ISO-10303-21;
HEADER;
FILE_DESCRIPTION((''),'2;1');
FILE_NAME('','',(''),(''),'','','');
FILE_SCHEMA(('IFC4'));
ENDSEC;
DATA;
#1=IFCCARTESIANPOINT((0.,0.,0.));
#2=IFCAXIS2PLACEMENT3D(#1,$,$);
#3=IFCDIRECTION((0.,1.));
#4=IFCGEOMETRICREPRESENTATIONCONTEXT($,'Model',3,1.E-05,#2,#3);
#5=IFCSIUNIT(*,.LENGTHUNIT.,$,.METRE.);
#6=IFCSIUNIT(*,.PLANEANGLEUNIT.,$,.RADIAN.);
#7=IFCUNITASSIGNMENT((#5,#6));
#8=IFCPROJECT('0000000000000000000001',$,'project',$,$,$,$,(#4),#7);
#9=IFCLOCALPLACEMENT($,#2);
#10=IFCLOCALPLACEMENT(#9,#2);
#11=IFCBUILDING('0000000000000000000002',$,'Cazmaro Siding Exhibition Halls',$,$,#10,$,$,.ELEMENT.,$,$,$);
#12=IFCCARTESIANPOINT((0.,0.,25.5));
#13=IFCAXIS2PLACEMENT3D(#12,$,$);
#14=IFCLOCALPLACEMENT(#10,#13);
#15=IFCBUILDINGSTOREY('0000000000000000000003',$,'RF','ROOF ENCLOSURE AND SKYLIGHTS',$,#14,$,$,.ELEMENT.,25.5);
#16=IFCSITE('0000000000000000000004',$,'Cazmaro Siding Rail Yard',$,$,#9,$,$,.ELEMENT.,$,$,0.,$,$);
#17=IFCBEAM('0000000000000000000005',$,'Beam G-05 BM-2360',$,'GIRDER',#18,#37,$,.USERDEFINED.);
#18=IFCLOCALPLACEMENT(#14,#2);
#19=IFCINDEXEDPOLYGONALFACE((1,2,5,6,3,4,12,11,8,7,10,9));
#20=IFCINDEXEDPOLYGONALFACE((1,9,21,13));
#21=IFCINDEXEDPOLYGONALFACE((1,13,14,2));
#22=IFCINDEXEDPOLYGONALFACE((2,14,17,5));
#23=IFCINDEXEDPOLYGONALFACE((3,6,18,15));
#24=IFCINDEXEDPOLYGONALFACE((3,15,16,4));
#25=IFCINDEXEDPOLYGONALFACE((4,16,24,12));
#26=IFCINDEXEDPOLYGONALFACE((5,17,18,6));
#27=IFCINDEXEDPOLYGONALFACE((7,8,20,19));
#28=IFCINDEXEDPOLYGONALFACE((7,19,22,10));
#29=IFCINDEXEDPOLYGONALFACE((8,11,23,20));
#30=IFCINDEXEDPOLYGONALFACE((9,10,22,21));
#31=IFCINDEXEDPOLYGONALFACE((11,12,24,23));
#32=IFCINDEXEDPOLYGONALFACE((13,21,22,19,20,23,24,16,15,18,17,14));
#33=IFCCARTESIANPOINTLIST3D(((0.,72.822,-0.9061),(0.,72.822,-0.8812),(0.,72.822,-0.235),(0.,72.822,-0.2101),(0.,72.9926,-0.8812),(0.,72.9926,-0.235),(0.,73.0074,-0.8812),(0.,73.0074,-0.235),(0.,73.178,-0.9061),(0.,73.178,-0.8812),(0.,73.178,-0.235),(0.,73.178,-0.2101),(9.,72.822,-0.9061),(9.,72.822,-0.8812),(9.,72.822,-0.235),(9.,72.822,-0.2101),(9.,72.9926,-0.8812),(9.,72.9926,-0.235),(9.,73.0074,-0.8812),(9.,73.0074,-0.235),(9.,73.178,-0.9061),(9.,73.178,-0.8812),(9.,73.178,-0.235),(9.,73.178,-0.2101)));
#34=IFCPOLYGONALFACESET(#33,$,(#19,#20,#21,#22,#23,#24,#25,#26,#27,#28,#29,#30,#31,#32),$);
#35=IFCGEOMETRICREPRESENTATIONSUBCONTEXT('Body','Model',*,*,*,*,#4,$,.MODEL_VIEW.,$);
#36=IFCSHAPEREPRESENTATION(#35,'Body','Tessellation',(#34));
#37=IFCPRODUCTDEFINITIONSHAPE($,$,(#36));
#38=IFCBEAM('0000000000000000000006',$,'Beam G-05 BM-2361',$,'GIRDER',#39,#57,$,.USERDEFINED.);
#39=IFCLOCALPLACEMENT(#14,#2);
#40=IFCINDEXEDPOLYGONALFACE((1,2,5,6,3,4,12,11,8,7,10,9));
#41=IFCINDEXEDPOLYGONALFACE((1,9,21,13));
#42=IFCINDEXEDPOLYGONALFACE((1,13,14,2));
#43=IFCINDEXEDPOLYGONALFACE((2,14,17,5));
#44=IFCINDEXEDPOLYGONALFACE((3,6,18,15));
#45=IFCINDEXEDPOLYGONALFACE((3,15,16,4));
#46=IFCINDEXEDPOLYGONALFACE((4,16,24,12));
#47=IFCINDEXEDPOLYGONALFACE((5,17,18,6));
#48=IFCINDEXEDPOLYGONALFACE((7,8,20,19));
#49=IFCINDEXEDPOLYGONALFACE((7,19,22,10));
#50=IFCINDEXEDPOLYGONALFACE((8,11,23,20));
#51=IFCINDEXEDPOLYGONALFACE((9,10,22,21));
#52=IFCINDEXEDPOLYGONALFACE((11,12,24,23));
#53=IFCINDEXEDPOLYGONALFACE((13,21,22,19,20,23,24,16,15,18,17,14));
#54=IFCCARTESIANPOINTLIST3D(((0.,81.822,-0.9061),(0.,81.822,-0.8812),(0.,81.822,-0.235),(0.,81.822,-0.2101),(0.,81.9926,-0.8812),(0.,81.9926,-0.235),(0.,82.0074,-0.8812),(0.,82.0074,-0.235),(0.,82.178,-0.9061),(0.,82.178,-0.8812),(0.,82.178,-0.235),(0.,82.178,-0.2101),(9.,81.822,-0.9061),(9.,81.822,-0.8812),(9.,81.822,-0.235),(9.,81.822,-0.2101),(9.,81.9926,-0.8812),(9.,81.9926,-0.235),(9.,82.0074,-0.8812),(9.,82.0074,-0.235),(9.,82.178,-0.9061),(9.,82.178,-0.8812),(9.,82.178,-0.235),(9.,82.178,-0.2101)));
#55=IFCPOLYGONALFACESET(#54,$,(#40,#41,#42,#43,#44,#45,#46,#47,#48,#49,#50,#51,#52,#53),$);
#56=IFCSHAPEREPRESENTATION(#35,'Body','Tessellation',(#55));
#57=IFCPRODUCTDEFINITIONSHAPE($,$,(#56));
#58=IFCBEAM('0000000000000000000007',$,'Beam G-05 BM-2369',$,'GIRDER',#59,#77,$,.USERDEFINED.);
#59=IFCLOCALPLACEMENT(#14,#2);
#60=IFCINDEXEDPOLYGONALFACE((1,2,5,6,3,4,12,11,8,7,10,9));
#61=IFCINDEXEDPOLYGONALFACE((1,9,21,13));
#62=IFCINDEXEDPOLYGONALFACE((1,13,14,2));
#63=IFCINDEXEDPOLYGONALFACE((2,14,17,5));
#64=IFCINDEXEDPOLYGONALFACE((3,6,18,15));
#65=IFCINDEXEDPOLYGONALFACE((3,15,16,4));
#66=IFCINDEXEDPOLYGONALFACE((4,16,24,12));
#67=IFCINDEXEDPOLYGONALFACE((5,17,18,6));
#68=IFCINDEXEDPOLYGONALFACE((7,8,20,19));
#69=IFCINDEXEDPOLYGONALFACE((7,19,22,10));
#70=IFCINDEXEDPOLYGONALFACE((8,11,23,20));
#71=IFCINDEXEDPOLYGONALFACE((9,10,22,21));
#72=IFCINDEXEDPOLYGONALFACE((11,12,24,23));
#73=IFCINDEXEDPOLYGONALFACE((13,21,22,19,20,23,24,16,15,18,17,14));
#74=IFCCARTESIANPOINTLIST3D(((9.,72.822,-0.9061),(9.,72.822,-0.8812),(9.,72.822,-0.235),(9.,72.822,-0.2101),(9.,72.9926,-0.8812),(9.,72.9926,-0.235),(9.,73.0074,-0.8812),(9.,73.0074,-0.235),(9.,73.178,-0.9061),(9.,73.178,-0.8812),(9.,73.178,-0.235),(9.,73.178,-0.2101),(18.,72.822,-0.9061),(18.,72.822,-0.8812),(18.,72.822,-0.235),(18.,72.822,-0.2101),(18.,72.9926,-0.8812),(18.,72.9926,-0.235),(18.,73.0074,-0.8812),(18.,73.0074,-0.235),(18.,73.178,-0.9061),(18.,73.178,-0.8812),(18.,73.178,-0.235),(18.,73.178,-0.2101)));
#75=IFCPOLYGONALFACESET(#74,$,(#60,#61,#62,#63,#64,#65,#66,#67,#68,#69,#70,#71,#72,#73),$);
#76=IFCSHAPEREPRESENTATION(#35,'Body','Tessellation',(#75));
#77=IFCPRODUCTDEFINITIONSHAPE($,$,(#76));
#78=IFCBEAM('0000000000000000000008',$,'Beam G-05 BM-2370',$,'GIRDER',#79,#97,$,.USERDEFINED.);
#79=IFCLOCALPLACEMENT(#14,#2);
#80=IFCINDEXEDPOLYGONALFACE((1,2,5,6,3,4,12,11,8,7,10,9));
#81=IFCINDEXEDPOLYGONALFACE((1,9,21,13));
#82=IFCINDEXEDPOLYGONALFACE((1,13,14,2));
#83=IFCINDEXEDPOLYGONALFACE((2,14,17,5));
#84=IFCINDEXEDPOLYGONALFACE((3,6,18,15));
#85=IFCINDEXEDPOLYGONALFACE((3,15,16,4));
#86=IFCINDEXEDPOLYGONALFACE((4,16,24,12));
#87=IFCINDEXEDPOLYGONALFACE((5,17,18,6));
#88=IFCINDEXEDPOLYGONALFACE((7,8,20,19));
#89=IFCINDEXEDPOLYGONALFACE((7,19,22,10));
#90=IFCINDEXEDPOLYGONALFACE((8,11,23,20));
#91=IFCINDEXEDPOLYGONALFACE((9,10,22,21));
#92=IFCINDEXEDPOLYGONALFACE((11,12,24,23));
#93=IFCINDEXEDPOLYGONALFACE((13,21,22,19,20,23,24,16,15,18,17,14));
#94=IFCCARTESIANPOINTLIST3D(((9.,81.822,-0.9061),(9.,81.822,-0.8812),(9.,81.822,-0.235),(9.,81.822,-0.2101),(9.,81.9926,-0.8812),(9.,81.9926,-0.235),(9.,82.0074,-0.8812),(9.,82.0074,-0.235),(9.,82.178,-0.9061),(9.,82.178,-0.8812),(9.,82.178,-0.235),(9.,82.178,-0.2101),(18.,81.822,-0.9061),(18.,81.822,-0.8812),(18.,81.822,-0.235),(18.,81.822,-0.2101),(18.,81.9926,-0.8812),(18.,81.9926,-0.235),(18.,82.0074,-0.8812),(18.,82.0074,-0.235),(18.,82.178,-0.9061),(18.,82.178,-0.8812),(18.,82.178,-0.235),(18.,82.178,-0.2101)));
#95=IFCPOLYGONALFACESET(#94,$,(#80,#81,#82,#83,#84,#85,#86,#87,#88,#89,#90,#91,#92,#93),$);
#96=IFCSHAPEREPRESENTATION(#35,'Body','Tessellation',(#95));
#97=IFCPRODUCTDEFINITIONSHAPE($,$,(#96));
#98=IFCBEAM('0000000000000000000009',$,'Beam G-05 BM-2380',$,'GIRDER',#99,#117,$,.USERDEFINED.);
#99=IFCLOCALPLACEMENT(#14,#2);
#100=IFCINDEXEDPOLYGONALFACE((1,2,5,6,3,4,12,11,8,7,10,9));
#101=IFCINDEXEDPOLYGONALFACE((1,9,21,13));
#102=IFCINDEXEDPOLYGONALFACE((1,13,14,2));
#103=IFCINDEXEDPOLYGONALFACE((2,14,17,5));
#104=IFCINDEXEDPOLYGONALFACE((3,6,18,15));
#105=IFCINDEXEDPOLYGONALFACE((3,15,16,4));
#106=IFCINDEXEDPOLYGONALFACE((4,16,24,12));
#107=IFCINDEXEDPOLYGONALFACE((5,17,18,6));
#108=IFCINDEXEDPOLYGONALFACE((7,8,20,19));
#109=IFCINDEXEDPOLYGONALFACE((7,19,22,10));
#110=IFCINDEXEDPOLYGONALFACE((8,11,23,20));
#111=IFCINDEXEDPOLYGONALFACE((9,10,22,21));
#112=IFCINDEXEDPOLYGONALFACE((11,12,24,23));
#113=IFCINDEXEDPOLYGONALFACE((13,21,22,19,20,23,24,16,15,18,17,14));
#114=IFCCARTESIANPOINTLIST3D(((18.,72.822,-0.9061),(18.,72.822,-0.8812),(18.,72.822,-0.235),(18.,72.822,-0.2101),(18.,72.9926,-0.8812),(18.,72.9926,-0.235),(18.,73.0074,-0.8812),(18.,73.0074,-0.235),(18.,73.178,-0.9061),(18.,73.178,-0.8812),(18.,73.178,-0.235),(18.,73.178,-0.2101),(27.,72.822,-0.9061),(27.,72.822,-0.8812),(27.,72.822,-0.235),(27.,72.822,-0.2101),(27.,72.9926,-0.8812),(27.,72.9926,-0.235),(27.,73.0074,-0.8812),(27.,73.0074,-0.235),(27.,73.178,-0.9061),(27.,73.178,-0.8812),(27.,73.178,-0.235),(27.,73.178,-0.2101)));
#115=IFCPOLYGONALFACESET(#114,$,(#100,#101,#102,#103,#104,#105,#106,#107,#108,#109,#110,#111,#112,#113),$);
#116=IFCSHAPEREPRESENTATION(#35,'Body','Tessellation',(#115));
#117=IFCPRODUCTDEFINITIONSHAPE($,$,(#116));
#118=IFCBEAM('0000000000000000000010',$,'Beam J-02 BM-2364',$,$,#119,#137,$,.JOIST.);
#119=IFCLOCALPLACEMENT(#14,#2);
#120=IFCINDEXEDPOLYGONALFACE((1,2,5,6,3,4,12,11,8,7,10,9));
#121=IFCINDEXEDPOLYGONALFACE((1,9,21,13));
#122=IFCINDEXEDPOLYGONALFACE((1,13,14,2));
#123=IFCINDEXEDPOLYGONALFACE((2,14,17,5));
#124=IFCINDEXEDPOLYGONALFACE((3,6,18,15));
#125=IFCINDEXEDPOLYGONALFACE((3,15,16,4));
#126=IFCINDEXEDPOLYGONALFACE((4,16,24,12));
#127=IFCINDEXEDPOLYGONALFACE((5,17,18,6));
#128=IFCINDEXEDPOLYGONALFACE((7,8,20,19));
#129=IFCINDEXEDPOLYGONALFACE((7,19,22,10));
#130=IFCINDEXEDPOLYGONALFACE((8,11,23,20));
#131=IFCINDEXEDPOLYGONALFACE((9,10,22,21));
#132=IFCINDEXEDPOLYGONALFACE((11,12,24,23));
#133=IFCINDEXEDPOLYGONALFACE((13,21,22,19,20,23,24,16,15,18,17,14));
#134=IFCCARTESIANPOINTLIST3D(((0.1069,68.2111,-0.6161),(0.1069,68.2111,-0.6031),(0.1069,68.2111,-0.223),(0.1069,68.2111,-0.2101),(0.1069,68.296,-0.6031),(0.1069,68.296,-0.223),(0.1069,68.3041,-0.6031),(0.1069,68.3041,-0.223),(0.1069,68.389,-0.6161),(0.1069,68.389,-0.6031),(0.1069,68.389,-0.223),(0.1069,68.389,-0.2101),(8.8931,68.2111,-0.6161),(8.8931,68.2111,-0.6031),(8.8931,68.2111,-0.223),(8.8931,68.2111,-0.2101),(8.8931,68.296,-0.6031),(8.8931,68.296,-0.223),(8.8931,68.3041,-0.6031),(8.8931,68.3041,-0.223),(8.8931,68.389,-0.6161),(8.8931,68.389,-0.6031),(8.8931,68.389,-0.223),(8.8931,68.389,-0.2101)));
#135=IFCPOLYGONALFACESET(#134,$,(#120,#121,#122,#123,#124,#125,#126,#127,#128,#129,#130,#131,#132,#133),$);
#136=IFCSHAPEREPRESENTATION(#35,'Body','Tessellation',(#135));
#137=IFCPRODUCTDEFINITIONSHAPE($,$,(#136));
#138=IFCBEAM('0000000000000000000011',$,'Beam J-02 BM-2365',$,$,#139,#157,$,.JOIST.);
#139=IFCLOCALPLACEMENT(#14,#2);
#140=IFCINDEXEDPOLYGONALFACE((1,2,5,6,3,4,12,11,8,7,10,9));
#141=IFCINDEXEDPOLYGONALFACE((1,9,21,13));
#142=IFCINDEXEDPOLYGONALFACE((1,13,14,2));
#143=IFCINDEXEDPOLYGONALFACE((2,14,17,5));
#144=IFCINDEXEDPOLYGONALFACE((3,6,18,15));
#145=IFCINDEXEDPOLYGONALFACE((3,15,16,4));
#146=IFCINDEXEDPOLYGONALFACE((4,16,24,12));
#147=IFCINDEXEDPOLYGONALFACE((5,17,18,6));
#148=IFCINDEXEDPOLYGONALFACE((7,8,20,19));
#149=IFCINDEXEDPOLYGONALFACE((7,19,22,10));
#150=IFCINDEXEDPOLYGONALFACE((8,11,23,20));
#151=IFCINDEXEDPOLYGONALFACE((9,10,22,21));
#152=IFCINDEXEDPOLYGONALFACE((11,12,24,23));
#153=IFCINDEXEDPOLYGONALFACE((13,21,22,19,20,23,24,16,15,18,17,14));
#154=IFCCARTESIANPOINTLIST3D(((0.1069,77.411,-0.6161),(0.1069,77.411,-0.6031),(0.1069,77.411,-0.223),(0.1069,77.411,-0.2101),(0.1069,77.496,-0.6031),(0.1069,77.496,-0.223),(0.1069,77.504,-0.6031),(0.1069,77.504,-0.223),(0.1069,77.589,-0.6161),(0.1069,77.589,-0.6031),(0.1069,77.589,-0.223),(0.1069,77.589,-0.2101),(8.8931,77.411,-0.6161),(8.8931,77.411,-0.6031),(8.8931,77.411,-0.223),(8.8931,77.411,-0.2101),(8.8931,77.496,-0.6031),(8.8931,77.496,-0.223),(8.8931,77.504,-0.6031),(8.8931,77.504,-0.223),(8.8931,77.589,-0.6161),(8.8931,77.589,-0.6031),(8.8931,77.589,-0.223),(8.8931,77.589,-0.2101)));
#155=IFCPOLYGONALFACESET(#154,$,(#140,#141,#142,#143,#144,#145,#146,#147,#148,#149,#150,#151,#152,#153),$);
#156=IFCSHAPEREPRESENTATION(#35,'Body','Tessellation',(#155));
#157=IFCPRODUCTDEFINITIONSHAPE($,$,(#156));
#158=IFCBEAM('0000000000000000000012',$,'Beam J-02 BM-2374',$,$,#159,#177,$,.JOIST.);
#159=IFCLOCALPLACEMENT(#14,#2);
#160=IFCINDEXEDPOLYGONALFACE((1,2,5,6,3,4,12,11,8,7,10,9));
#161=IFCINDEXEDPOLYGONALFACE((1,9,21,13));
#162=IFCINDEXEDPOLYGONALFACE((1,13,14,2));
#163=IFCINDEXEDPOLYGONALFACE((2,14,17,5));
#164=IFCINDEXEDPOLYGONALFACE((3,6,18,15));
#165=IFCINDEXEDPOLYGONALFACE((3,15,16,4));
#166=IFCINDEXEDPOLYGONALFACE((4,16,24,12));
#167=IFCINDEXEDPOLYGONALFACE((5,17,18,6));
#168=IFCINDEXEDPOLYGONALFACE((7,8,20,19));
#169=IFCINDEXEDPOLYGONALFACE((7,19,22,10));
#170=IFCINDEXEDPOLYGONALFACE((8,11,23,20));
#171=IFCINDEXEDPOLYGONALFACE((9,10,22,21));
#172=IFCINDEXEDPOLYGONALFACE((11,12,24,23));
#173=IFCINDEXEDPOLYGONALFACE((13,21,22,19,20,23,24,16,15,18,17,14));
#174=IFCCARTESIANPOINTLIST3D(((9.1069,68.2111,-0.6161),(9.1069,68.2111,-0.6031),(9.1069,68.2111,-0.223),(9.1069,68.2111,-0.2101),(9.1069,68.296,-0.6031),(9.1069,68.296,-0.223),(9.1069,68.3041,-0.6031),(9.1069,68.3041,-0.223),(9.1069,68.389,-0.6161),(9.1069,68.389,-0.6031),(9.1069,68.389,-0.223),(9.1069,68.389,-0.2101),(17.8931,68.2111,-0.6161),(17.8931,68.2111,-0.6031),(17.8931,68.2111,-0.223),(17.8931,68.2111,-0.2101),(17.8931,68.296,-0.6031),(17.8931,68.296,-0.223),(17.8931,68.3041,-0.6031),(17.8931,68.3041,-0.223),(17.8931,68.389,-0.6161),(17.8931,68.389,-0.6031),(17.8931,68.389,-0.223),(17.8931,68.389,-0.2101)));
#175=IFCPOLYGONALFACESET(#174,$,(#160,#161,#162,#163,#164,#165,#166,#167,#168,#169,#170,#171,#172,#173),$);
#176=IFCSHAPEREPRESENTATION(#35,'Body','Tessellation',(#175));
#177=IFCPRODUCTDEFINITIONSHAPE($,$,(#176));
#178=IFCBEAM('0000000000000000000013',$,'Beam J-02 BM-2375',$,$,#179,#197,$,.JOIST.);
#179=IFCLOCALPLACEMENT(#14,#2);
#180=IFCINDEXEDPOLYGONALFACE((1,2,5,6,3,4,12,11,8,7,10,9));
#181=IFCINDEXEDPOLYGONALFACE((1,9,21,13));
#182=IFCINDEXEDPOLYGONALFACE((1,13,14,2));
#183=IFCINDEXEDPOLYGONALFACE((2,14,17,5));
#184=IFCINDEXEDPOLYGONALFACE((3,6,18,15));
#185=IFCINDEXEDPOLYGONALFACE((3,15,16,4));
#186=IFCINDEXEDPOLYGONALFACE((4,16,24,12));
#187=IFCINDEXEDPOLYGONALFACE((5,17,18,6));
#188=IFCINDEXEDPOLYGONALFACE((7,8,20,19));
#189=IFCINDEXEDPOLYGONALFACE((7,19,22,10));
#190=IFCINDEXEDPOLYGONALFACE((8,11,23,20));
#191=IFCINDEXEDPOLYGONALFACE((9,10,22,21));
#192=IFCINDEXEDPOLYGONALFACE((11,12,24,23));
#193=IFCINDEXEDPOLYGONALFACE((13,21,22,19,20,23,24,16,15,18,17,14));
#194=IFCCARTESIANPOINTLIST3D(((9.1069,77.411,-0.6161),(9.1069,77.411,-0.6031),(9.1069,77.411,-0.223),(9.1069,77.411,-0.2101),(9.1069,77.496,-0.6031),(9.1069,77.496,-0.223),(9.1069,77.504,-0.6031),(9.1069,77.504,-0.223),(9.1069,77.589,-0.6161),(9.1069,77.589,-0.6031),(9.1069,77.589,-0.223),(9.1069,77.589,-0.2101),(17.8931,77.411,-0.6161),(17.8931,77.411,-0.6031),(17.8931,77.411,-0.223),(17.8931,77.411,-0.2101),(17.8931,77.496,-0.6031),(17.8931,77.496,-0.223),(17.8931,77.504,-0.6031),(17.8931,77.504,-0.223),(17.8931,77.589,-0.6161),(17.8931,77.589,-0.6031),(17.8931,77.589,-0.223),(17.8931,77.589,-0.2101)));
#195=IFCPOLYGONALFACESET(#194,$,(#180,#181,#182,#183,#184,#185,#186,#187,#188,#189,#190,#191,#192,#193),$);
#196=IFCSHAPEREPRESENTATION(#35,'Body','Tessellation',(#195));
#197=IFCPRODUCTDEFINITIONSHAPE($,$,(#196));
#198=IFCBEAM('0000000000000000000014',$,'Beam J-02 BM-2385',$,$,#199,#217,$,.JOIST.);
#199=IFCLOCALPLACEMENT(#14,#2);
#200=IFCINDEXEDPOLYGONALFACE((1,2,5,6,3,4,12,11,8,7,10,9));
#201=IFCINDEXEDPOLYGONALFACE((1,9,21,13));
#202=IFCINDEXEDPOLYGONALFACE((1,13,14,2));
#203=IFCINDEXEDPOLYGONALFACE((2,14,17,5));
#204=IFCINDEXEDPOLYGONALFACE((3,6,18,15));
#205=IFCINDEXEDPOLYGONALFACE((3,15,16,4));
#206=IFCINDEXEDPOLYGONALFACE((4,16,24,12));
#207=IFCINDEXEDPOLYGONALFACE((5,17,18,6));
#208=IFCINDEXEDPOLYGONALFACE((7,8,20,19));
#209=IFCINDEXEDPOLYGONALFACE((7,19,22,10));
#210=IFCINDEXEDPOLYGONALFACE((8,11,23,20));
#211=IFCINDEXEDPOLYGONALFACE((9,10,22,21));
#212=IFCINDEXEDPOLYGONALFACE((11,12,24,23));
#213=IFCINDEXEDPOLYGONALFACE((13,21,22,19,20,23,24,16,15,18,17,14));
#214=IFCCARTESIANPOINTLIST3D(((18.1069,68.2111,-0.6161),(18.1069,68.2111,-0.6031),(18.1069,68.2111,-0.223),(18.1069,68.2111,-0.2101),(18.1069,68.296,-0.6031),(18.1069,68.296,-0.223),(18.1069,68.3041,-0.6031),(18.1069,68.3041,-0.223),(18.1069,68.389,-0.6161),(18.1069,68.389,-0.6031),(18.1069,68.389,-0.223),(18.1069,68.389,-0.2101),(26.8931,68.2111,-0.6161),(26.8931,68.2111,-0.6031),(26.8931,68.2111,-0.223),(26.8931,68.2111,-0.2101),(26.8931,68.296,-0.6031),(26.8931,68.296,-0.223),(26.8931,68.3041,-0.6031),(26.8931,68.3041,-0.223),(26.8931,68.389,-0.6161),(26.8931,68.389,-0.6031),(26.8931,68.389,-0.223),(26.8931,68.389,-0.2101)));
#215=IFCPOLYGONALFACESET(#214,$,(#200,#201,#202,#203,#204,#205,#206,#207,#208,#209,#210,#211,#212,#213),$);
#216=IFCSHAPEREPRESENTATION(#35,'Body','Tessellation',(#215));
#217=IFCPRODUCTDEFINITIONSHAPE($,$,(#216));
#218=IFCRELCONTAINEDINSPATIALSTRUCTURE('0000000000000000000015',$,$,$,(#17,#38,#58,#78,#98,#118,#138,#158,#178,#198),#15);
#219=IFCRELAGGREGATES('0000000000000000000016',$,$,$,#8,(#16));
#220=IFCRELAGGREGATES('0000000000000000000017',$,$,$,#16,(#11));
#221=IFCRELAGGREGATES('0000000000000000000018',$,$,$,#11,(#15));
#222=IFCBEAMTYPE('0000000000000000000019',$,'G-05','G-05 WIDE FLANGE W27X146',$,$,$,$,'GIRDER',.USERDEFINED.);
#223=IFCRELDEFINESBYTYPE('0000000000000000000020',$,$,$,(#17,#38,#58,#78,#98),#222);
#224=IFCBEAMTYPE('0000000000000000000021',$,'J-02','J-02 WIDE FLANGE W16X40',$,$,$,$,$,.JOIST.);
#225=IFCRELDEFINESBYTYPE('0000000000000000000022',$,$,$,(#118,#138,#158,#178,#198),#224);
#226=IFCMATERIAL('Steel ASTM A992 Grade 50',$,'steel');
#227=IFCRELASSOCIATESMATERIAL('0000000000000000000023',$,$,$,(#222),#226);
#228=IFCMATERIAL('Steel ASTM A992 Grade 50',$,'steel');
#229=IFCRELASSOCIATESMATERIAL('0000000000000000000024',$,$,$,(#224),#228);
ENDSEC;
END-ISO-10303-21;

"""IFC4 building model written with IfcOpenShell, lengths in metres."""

from ifc_helpers import new_model, si_unit, direction, frame, origin, origin_2d, place, context, subcontext, project, spatial, i_section, extrude, material, material_profile, profile_set, type_object, element, save


model = new_model("IFC4")

# Units and contexts
model_context = context("Model", 3, precision=1e-05, world=origin(), true_north=direction((0.0, 1.0)))
body_context = subcontext(model_context, "Body", "Model", "MODEL_VIEW")
ifc_project = project(units=[si_unit("LENGTHUNIT", "METRE"), si_unit("PLANEANGLEUNIT", "RADIAN")], contexts=[model_context])

# Site, building, storey
site_placement = place(None, origin())
site = spatial("IfcSite", under=ifc_project, at=site_placement, Name="Cazmaro Siding Rail Yard", CompositionType="ELEMENT", RefElevation=0.0)
building_placement = place(site_placement, origin())
building = spatial("IfcBuilding", under=site, at=building_placement, Name="Cazmaro Siding Exhibition Halls", CompositionType="ELEMENT")
storey_placement = place(building_placement, frame((0.0, 0.0, 25.5)))
storey = spatial("IfcBuildingStorey", under=building, at=storey_placement, Name="RF", Description="ROOF ENCLOSURE AND SKYLIGHTS", CompositionType="ELEMENT", Elevation=25.5)

# Beams
ifc_material_1 = material(Name="Steel ASTM A992 Grade 50", Category="steel")
ifc_material_profile_1 = material_profile(ifc_material_1, i_section(OverallWidth=0.356, OverallDepth=0.696, WebThickness=0.0149, FlangeThickness=0.0249, at=origin_2d()), Name="W27X146")
ifc_profile_set_1 = profile_set([ifc_material_profile_1], Name="Steel ASTM A992 Grade 50")
beam_type_1 = type_object("IfcBeamType", Name="G-05", Description="G-05 WIDE FLANGE W27X146", ElementType="GIRDER", PredefinedType="USERDEFINED", material=ifc_profile_set_1)
for number, where, z_axis, x_axis, name in (
    (1, (0.0, 73.0, -0.5581), (1.0, 0.0, 0.0), (0.0, 1.0, 0.0), "Beam G-05 BM-2360"),
    (2, (0.0, 82.0, -0.5581), (1.0, 0.0, 0.0), (0.0, 1.0, 0.0), "Beam G-05 BM-2361"),
    (3, (9.0, 73.0, -0.5581), (1.0, 0.0, 0.0), (0.0, 1.0, 0.0), "Beam G-05 BM-2369"),
    (4, (9.0, 82.0, -0.5581), (1.0, 0.0, 0.0), (0.0, 1.0, 0.0), "Beam G-05 BM-2370"),
    (5, (18.0, 73.0, -0.5581), (1.0, 0.0, 0.0), (0.0, 1.0, 0.0), "Beam G-05 BM-2380"),
):
    element("IfcBeam", number, at=place(storey_placement, frame(where, z_axis=z_axis, x_axis=x_axis)), inside=storey, type_object=beam_type_1, Name=name, ObjectType="GIRDER", PredefinedType="USERDEFINED", context=body_context, shape_type="SweptSolid", body=[
        extrude(i_section(OverallWidth=0.356, OverallDepth=0.696, WebThickness=0.0149, FlangeThickness=0.0249, at=origin_2d()), origin(), (0.0, 0.0, 1.0), 9.0),
    ])
ifc_material_2 = material(Name="Steel ASTM A992 Grade 50", Category="steel")
ifc_material_profile_2 = material_profile(ifc_material_2, i_section(OverallWidth=0.178, OverallDepth=0.406, WebThickness=0.0081, FlangeThickness=0.0129, at=origin_2d()), Name="W16X40")
ifc_profile_set_2 = profile_set([ifc_material_profile_2], Name="Steel ASTM A992 Grade 50")
beam_type_2 = type_object("IfcBeamType", Name="J-02", Description="J-02 WIDE FLANGE W16X40", PredefinedType="JOIST", material=ifc_profile_set_2)
for number, where, z_axis, x_axis, name in (
    (6, (0.1069, 68.3, -0.4131), (1.0, 0.0, 0.0), (0.0, 1.0, 0.0), "Beam J-02 BM-2364"),
    (7, (0.1069, 77.5, -0.4131), (1.0, 0.0, 0.0), (0.0, 1.0, 0.0), "Beam J-02 BM-2365"),
    (8, (9.1069, 68.3, -0.4131), (1.0, 0.0, 0.0), (0.0, 1.0, 0.0), "Beam J-02 BM-2374"),
    (9, (9.1069, 77.5, -0.4131), (1.0, 0.0, 0.0), (0.0, 1.0, 0.0), "Beam J-02 BM-2375"),
    (10, (18.1069, 68.3, -0.4131), (1.0, 0.0, 0.0), (0.0, 1.0, 0.0), "Beam J-02 BM-2385"),
):
    element("IfcBeam", number, at=place(storey_placement, frame(where, z_axis=z_axis, x_axis=x_axis)), inside=storey, type_object=beam_type_2, Name=name, PredefinedType="JOIST", context=body_context, shape_type="SweptSolid", body=[
        extrude(i_section(OverallWidth=0.178, OverallDepth=0.406, WebThickness=0.0081, FlangeThickness=0.0129, at=origin_2d()), origin(), (0.0, 0.0, 1.0), 8.7861),
    ])

save(model, "model.ifc")
